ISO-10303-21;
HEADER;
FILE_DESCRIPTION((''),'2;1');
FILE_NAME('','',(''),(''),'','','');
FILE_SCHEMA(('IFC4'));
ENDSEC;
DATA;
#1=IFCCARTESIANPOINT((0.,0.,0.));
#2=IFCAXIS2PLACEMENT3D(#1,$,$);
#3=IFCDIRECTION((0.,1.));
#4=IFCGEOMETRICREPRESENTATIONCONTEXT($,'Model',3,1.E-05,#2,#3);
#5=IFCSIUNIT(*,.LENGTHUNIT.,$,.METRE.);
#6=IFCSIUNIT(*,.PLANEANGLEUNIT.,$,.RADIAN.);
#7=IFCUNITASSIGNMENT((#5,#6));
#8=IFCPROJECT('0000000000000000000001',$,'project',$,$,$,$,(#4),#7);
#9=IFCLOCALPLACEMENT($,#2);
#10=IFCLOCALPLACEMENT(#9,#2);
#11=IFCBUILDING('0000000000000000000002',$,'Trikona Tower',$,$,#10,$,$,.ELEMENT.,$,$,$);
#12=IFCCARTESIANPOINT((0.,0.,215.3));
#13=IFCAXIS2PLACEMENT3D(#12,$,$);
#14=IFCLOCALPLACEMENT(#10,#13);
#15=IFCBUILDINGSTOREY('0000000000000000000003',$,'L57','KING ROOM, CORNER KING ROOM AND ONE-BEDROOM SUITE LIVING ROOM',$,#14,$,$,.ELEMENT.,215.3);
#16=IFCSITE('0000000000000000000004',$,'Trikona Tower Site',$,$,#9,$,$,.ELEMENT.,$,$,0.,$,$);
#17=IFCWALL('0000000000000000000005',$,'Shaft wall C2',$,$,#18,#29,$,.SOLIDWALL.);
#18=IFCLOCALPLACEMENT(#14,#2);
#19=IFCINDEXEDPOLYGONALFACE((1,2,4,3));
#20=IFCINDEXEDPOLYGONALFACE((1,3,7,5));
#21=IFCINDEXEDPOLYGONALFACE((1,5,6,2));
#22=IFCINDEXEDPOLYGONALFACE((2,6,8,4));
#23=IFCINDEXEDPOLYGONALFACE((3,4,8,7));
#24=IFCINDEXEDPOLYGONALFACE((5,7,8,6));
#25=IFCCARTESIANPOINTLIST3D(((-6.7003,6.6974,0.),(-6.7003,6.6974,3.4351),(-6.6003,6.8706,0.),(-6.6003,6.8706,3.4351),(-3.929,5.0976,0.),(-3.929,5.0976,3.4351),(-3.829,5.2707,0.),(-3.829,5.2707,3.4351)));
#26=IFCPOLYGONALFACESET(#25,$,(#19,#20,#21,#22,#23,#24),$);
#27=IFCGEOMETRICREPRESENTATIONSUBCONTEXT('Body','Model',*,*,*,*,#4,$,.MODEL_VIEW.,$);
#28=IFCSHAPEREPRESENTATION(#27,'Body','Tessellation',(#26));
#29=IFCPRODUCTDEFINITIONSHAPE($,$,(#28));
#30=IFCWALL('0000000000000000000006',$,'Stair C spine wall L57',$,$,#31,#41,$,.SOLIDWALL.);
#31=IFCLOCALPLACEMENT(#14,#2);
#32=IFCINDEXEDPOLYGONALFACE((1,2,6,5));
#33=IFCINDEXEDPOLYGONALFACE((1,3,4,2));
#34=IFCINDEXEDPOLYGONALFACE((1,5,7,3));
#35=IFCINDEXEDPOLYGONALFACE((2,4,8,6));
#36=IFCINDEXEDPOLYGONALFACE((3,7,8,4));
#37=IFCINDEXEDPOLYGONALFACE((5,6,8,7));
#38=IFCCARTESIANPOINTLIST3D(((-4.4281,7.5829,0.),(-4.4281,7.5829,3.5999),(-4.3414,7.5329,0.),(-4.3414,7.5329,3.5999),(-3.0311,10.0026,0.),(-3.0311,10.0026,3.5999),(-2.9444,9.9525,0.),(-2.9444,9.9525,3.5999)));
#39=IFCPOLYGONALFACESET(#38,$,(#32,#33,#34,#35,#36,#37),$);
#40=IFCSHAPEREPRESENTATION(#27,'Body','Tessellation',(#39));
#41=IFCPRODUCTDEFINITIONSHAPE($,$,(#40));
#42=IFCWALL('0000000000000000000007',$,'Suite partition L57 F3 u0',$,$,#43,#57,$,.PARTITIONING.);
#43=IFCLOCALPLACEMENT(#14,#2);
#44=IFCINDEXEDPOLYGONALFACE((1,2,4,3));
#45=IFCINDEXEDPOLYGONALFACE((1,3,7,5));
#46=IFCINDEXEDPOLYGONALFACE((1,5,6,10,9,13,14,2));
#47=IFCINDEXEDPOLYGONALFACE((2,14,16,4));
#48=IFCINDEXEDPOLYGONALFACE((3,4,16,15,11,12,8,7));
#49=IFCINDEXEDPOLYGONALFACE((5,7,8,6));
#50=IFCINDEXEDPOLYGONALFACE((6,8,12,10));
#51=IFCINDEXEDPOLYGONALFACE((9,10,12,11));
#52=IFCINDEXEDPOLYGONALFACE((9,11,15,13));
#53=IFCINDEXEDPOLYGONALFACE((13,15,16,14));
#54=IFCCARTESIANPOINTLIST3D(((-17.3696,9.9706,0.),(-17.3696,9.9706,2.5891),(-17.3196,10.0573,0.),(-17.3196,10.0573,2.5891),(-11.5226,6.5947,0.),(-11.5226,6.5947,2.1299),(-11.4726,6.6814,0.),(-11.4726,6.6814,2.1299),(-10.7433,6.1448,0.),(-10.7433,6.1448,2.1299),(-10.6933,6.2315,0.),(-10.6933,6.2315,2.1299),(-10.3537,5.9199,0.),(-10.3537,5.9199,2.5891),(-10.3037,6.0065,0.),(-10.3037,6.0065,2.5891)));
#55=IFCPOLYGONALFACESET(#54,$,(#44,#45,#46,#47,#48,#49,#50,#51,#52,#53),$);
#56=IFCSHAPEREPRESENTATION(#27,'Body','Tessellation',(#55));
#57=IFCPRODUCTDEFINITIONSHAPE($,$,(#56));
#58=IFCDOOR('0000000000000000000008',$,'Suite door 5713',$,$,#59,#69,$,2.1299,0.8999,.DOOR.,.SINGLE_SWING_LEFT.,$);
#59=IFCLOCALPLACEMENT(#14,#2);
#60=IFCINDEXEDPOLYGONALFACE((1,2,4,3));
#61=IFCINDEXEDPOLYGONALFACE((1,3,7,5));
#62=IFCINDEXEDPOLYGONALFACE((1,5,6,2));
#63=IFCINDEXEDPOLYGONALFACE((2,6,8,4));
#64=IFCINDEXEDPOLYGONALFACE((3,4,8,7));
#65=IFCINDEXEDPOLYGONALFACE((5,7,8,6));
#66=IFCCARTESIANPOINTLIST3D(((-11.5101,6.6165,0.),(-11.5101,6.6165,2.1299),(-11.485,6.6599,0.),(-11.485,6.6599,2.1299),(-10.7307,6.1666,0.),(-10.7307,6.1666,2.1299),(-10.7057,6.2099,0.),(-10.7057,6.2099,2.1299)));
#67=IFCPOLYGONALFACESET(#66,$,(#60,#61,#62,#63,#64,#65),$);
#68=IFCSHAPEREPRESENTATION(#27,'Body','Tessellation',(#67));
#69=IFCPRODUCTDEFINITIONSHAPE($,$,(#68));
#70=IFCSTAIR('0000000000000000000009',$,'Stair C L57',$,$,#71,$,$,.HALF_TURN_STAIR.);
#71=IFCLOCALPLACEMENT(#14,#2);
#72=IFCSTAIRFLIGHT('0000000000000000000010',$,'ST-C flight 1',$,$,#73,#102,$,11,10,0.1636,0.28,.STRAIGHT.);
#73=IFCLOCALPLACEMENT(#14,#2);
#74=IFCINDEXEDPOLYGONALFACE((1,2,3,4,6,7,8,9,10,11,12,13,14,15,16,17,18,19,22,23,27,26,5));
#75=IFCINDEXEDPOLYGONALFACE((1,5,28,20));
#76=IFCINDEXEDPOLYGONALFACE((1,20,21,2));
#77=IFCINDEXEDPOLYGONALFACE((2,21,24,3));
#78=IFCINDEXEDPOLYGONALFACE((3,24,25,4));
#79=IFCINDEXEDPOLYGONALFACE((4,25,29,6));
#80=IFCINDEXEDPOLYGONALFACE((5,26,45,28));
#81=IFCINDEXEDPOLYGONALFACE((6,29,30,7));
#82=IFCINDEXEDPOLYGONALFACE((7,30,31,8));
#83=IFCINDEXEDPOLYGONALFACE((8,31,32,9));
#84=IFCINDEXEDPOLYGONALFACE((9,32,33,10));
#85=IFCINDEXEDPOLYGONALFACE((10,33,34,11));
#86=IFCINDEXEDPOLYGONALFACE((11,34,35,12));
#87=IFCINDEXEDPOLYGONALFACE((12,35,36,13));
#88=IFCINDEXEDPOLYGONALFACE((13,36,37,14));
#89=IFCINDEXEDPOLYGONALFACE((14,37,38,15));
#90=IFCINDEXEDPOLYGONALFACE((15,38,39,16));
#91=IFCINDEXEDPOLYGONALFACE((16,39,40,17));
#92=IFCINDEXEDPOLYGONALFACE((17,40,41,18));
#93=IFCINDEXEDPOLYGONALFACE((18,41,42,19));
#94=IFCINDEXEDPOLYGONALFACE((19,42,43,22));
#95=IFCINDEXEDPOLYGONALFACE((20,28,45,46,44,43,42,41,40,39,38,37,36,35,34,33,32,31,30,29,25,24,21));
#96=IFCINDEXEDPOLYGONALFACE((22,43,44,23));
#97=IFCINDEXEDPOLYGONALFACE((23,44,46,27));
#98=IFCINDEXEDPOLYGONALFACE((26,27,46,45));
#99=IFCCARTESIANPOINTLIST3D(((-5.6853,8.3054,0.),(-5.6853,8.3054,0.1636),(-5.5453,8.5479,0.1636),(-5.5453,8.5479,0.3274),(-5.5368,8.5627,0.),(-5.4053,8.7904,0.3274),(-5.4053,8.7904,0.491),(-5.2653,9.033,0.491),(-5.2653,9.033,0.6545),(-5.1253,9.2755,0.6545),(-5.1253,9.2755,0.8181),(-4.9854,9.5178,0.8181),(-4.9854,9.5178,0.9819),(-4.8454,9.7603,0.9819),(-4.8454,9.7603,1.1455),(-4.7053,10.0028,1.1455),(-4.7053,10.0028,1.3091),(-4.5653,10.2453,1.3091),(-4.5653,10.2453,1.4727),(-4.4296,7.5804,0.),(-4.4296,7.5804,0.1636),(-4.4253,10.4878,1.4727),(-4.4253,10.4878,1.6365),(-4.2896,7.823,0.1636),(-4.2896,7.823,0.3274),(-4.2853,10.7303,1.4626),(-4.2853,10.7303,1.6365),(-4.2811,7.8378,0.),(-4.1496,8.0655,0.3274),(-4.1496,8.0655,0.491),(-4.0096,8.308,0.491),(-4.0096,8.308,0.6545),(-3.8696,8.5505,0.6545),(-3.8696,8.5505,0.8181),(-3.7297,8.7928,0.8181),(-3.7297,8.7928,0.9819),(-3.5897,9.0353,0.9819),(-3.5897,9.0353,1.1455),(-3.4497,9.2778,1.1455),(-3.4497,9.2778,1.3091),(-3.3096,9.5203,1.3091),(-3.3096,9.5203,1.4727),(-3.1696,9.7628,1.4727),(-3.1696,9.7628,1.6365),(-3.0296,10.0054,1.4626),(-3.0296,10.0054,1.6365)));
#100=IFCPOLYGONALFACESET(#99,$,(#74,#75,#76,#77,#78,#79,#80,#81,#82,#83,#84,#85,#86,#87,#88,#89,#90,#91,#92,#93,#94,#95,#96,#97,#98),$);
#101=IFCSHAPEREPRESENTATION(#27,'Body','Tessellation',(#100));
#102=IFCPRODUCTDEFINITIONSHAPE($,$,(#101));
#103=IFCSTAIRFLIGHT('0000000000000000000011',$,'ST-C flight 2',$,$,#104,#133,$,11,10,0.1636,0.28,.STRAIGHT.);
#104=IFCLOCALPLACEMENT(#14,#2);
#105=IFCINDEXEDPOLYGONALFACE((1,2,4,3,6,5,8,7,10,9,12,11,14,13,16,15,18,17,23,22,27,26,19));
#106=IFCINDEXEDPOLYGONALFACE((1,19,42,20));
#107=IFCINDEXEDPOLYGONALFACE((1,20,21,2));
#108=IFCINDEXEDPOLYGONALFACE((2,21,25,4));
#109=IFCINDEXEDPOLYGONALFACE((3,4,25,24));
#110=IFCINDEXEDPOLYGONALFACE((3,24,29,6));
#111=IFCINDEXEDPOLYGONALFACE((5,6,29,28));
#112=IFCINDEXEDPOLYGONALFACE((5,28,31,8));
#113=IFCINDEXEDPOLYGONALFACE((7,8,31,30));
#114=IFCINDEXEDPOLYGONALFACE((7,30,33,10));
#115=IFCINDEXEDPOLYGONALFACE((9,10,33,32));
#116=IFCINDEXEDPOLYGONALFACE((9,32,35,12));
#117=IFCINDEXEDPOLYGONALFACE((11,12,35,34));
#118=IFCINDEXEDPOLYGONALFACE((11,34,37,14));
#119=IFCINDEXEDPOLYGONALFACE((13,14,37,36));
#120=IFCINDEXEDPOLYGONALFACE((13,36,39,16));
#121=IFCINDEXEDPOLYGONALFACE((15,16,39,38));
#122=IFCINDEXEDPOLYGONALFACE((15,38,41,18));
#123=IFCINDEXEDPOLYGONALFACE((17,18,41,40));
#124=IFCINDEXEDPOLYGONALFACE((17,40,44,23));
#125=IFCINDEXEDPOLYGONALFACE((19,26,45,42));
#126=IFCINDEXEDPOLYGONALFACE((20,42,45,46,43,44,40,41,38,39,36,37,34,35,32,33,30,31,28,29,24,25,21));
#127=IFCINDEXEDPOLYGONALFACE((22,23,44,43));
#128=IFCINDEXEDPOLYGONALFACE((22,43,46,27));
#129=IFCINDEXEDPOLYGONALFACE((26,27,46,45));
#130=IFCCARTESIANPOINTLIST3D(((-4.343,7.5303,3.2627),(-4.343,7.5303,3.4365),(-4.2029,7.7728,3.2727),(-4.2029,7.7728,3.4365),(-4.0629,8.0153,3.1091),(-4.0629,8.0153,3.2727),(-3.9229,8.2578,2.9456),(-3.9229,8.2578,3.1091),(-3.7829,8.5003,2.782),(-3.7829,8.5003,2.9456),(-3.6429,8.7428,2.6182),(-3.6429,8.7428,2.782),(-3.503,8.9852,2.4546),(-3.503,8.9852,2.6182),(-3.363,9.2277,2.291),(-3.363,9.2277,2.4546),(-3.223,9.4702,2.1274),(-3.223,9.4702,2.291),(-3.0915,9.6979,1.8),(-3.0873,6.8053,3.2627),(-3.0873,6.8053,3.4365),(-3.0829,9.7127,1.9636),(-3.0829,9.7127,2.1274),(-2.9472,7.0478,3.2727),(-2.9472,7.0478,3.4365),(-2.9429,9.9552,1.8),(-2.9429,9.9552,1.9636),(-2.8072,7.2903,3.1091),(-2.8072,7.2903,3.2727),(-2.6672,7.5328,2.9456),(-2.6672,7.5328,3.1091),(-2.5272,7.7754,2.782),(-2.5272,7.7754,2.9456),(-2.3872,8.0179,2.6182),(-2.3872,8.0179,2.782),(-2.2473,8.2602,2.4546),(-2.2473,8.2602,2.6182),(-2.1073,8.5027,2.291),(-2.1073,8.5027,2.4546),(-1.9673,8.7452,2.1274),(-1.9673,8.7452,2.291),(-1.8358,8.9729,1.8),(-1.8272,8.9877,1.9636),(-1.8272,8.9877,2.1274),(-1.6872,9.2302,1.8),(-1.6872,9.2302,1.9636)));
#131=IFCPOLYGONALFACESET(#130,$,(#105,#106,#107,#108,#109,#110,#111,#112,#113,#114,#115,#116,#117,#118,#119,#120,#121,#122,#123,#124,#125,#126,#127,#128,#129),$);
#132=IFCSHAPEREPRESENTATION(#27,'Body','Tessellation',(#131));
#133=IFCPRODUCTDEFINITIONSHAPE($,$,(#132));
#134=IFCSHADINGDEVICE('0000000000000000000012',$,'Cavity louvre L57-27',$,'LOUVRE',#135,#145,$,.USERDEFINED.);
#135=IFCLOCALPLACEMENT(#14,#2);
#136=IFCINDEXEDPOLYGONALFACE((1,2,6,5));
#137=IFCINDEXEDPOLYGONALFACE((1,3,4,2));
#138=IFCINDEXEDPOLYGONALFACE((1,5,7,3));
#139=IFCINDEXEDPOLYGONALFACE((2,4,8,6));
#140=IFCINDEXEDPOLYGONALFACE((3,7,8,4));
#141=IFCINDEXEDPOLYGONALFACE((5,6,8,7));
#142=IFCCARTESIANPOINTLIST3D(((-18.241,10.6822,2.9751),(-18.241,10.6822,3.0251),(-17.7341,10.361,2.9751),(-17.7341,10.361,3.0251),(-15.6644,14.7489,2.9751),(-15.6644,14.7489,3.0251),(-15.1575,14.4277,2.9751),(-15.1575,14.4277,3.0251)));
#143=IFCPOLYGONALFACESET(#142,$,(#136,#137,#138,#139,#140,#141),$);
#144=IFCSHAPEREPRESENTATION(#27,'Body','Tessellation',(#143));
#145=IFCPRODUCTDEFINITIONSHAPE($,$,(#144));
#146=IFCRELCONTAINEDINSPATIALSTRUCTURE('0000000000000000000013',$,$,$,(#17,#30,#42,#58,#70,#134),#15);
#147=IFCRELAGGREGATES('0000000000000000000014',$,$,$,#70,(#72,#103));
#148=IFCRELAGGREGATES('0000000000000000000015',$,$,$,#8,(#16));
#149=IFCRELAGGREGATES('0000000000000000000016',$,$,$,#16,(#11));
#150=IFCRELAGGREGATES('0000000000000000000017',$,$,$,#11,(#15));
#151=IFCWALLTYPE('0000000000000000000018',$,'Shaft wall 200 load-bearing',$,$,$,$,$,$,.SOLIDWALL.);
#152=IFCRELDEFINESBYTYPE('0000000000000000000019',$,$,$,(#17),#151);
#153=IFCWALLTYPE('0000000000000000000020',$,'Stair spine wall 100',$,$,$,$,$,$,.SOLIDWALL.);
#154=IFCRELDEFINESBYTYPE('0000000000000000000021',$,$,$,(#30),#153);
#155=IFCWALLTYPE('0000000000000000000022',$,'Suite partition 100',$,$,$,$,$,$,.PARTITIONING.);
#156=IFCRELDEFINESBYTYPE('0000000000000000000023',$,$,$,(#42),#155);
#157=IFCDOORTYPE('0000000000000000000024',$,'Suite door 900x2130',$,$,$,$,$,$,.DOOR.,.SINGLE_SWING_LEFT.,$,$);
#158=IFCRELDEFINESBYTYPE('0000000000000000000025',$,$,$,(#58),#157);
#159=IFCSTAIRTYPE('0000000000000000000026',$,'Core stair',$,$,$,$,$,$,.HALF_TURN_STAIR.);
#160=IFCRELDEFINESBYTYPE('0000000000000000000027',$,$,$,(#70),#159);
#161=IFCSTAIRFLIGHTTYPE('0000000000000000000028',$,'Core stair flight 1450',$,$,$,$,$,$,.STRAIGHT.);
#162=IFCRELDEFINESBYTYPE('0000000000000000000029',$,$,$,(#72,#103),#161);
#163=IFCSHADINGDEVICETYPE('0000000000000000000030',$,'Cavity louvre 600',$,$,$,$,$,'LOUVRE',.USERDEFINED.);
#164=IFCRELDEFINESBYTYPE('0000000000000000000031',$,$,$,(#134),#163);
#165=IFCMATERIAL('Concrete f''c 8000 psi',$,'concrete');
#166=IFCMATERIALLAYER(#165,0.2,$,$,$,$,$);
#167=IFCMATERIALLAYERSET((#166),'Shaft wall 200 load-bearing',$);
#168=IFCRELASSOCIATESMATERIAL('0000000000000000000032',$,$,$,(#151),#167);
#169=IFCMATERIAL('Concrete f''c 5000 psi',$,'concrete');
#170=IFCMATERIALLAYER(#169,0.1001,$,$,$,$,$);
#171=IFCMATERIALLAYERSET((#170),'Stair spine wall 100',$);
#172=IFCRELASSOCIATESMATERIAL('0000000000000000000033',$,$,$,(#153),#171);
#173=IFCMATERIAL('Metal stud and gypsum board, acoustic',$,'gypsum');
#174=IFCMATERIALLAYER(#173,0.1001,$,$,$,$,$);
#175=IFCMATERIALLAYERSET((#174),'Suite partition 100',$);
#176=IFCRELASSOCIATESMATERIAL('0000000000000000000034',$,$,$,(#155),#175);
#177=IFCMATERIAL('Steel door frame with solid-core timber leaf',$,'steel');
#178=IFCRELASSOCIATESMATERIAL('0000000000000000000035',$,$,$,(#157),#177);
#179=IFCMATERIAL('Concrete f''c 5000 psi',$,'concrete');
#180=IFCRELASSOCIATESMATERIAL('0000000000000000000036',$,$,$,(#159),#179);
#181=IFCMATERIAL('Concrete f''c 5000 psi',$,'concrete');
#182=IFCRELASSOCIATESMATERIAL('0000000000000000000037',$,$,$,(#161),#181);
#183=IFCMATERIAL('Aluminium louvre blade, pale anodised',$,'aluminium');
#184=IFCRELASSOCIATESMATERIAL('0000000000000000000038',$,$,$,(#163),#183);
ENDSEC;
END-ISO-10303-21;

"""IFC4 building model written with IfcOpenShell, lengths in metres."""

from ifc_helpers import new_model, si_unit, direction, frame, frame_2d, origin, origin_2d, place, context, subcontext, project, spatial, polyline, rectangle, outline, extrude, material, layer, layer_set, type_object, element, fill, aggregate, save


model = new_model("IFC4")

# Units and contexts
model_context = context("Model", 3, precision=1e-05, world=origin(), true_north=direction((0.0, 1.0)))
body_context = subcontext(model_context, "Body", "Model", "MODEL_VIEW")
ifc_project = project(units=[si_unit("LENGTHUNIT", "METRE"), si_unit("PLANEANGLEUNIT", "RADIAN")], contexts=[model_context])

# Site, building, storey
site_placement = place(None, origin())
site = spatial("IfcSite", under=ifc_project, at=site_placement, Name="Trikona Tower Site", CompositionType="ELEMENT", RefElevation=0.0)
building_placement = place(site_placement, origin())
building = spatial("IfcBuilding", under=site, at=building_placement, Name="Trikona Tower", CompositionType="ELEMENT")
storey_placement = place(building_placement, frame((0.0, 0.0, 215.3)))
storey = spatial("IfcBuildingStorey", under=building, at=storey_placement, Name="L57", Description="KING ROOM, CORNER KING ROOM AND ONE-BEDROOM SUITE LIVING ROOM", CompositionType="ELEMENT", Elevation=215.3)

# Walls
ifc_material_1 = material(Name="Concrete f'c 8000 psi", Category="concrete")
ifc_layer_1 = layer(ifc_material_1, 0.2)
ifc_layer_set_1 = layer_set([ifc_layer_1], Name="Shaft wall 200 load-bearing")
wall_type_1 = type_object("IfcWallType", Name="Shaft wall 200 load-bearing", PredefinedType="SOLIDWALL", material=ifc_layer_set_1)
for number, where, z_axis, x_axis, name in (
    (1, (-3.8789, 5.1841, 0.0), (0.0, 0.0, 1.0), (-0.866042, 0.499971, 0.0), "Shaft wall C2"),
):
    element("IfcWall", number, at=place(storey_placement, frame(where, z_axis=z_axis, x_axis=x_axis)), inside=storey, type_object=wall_type_1, Name=name, PredefinedType="SOLIDWALL", context=body_context, shape_type="SweptSolid", body=[
        extrude(rectangle(XDim=3.2, YDim=0.2, at=frame_2d((1.6001, 0.0))), origin(), (0.0, 0.0, 1.0), 3.4351),
    ])
ifc_material_2 = material(Name="Concrete f'c 5000 psi", Category="concrete")
ifc_layer_2 = layer(ifc_material_2, 0.1001)
ifc_layer_set_2 = layer_set([ifc_layer_2], Name="Stair spine wall 100")
wall_type_2 = type_object("IfcWallType", Name="Stair spine wall 100", PredefinedType="SOLIDWALL", material=ifc_layer_set_2)
wall_1_placement = place(storey_placement, frame((-2.9878, 9.9775, 0.0), z_axis=(0.0, 0.0, 1.0), x_axis=(-0.499992, -0.86603, 0.0)))
element("IfcWall", 2, at=wall_1_placement, inside=storey, type_object=wall_type_2, Name="Stair C spine wall L57", PredefinedType="SOLIDWALL", context=body_context, shape_type="SweptSolid", body=[
    extrude(rectangle(XDim=2.7939, YDim=0.1001, at=frame_2d((1.397, 0.0))), origin(), (0.0, 0.0, 1.0), 3.5999),
])

# Wall, opening, door
ifc_material_3 = material(Name="Metal stud and gypsum board, acoustic", Category="gypsum")
ifc_layer_3 = layer(ifc_material_3, 0.1001)
ifc_layer_set_3 = layer_set([ifc_layer_3], Name="Suite partition 100")
wall_type_3 = type_object("IfcWallType", Name="Suite partition 100", PredefinedType="PARTITIONING", material=ifc_layer_set_3)
wall_2_placement = place(storey_placement, frame((-10.3286, 5.9631, 0.0), z_axis=(0.0, 0.0, 1.0), x_axis=(-0.866016, 0.500015, 0.0)))
wall_2 = element("IfcWall", 3, at=wall_2_placement, inside=storey, type_object=wall_type_3, Name="Suite partition L57 F3 u0", PredefinedType="PARTITIONING", context=body_context, shape_type="SweptSolid", body=[
    extrude(rectangle(XDim=8.1013, YDim=0.1001, at=frame_2d((4.0508, 0.0))), origin(), (0.0, 0.0, 1.0), 2.5891),
])
opening_1_placement = place(wall_2_placement, frame((0.45, 0.0, 0.0)))
opening_1 = element("IfcOpeningElement", 4, at=opening_1_placement, cuts=wall_2, PredefinedType="OPENING", context=body_context, shape_type="SweptSolid", body=[
    extrude(rectangle(XDim=0.8999, YDim=2.1299, at=frame_2d((0.45, 1.0649))), frame((0.0, 0.0601, 0.0), z_axis=(0.0, -1.0, 0.0), x_axis=(1.0, 0.0, 0.0)), (0.0, 0.0, 1.0), 0.1201),
])
ifc_material_4 = material(Name="Steel door frame with solid-core timber leaf", Category="steel")
door_type_1 = type_object("IfcDoorType", Name="Suite door 900x2130", OperationType="SINGLE_SWING_LEFT", PredefinedType="DOOR", material=ifc_material_4)
door_1_placement = place(opening_1_placement, origin())
door_1 = element("IfcDoor", 5, at=door_1_placement, inside=storey, type_object=door_type_1, Name="Suite door 5713", OperationType="SINGLE_SWING_LEFT", OverallHeight=2.1299, OverallWidth=0.8999, PredefinedType="DOOR", context=body_context, shape_type="SweptSolid", body=[
    extrude(rectangle(XDim=0.8999, YDim=2.1299, at=frame_2d((0.45, 1.0649))), frame((0.0, 0.0249, 0.0), z_axis=(0.0, -1.0, 0.0), x_axis=(1.0, 0.0, 0.0)), (0.0, 0.0, 1.0), 0.05),
])
fill(opening_1, door_1)

# Stair, stair flights
ifc_material_5 = material(Name="Concrete f'c 5000 psi", Category="concrete")
stair_type = type_object("IfcStairType", Name="Core stair", PredefinedType="HALF_TURN_STAIR", material=ifc_material_5)
stair_placement = place(storey_placement, origin())
stair = element("IfcStair", 6, at=stair_placement, inside=storey, type_object=stair_type, Name="Stair C L57", PredefinedType="HALF_TURN_STAIR")
ifc_material_6 = material(Name="Concrete f'c 5000 psi", Category="concrete")
stair_flight_type = type_object("IfcStairFlightType", Name="Core stair flight 1450", PredefinedType="STRAIGHT", material=ifc_material_6)
stair_flight_1_placement = place(storey_placement, frame((-5.0574, 7.9429, 0.0), z_axis=(0.0, 0.0, 1.0), x_axis=(0.5, 0.866025, 0.0)))
stair_flight_1 = element("IfcStairFlight", 7, at=stair_flight_1_placement, type_object=stair_flight_type, Name="ST-C flight 1", NumberOfRisers=11, NumberOfTreads=10, PredefinedType="STRAIGHT", RiserHeight=0.1636, TreadLength=0.28, context=body_context, shape_type="SweptSolid", body=[
    extrude(outline(polyline([(0.0, 0.0), (0.0, 0.1636), (0.28, 0.1636), (0.28, 0.3274), (0.5601, 0.3274), (0.5601, 0.491), (0.8401, 0.491), (0.8401, 0.6545), (1.1201, 0.6545), (1.1201, 0.8181), (1.3999, 0.8181), (1.3999, 0.9819), (1.6799, 0.9819), (1.6799, 1.1455), (1.96, 1.1455), (1.96, 1.3091), (2.24, 1.3091), (2.24, 1.4727), (2.52, 1.4727), (2.52, 1.6365), (2.8, 1.6365), (2.8, 1.8), (2.8, 1.4626), (0.2971, 0.0), (0.0, 0.0)])), frame((0.0, 0.7251, 0.0), z_axis=(0.0, -1.0, 0.0), x_axis=(1.0, 0.0, 0.0)), (0.0, 0.0, 1.0), 1.45),
])
stair_flight_2_placement = place(storey_placement, frame((-2.3152, 9.5928, 1.8), z_axis=(0.0, 0.0, 1.0), x_axis=(-0.5, -0.866025, 0.0)))
stair_flight_2 = element("IfcStairFlight", 8, at=stair_flight_2_placement, type_object=stair_flight_type, Name="ST-C flight 2", NumberOfRisers=11, NumberOfTreads=10, PredefinedType="STRAIGHT", RiserHeight=0.1636, TreadLength=0.28, context=body_context, shape_type="SweptSolid", body=[
    extrude(outline(polyline([(0.0, 0.0), (0.0, 0.1636), (0.28, 0.1636), (0.28, 0.3274), (0.5601, 0.3274), (0.5601, 0.491), (0.8401, 0.491), (0.8401, 0.6545), (1.1201, 0.6545), (1.1201, 0.8181), (1.3999, 0.8181), (1.3999, 0.9819), (1.6799, 0.9819), (1.6799, 1.1455), (1.96, 1.1455), (1.96, 1.3091), (2.24, 1.3091), (2.24, 1.4727), (2.52, 1.4727), (2.52, 1.6365), (2.8, 1.6365), (2.8, 1.8), (2.8, 1.4626), (0.2971, 0.0), (0.0, 0.0)])), frame((0.0, 0.7251, 0.0), z_axis=(0.0, -1.0, 0.0), x_axis=(1.0, 0.0, 0.0)), (0.0, 0.0, 1.0), 1.45),
])
aggregate(stair, [stair_flight_1, stair_flight_2])

# Shading device
ifc_material_7 = material(Name="Aluminium louvre blade, pale anodised", Category="aluminium")
shading_device_type = type_object("IfcShadingDeviceType", Name="Cavity louvre 600", ElementType="LOUVRE", PredefinedType="USERDEFINED", material=ifc_material_7)
shading_device_placement = place(storey_placement, frame((-16.6992, 12.5549, 2.9751), z_axis=(0.0, 0.0, 1.0), x_axis=(-0.535205, -0.844722, 0.0)))
element("IfcShadingDevice", 9, at=shading_device_placement, inside=storey, type_object=shading_device_type, Name="Cavity louvre L57-27", ObjectType="LOUVRE", PredefinedType="USERDEFINED", context=body_context, shape_type="SweptSolid", body=[
    extrude(rectangle(XDim=4.8142, YDim=0.6001, at=origin_2d()), origin(), (0.0, 0.0, 1.0), 0.05),
])

save(model, "model.ifc")
